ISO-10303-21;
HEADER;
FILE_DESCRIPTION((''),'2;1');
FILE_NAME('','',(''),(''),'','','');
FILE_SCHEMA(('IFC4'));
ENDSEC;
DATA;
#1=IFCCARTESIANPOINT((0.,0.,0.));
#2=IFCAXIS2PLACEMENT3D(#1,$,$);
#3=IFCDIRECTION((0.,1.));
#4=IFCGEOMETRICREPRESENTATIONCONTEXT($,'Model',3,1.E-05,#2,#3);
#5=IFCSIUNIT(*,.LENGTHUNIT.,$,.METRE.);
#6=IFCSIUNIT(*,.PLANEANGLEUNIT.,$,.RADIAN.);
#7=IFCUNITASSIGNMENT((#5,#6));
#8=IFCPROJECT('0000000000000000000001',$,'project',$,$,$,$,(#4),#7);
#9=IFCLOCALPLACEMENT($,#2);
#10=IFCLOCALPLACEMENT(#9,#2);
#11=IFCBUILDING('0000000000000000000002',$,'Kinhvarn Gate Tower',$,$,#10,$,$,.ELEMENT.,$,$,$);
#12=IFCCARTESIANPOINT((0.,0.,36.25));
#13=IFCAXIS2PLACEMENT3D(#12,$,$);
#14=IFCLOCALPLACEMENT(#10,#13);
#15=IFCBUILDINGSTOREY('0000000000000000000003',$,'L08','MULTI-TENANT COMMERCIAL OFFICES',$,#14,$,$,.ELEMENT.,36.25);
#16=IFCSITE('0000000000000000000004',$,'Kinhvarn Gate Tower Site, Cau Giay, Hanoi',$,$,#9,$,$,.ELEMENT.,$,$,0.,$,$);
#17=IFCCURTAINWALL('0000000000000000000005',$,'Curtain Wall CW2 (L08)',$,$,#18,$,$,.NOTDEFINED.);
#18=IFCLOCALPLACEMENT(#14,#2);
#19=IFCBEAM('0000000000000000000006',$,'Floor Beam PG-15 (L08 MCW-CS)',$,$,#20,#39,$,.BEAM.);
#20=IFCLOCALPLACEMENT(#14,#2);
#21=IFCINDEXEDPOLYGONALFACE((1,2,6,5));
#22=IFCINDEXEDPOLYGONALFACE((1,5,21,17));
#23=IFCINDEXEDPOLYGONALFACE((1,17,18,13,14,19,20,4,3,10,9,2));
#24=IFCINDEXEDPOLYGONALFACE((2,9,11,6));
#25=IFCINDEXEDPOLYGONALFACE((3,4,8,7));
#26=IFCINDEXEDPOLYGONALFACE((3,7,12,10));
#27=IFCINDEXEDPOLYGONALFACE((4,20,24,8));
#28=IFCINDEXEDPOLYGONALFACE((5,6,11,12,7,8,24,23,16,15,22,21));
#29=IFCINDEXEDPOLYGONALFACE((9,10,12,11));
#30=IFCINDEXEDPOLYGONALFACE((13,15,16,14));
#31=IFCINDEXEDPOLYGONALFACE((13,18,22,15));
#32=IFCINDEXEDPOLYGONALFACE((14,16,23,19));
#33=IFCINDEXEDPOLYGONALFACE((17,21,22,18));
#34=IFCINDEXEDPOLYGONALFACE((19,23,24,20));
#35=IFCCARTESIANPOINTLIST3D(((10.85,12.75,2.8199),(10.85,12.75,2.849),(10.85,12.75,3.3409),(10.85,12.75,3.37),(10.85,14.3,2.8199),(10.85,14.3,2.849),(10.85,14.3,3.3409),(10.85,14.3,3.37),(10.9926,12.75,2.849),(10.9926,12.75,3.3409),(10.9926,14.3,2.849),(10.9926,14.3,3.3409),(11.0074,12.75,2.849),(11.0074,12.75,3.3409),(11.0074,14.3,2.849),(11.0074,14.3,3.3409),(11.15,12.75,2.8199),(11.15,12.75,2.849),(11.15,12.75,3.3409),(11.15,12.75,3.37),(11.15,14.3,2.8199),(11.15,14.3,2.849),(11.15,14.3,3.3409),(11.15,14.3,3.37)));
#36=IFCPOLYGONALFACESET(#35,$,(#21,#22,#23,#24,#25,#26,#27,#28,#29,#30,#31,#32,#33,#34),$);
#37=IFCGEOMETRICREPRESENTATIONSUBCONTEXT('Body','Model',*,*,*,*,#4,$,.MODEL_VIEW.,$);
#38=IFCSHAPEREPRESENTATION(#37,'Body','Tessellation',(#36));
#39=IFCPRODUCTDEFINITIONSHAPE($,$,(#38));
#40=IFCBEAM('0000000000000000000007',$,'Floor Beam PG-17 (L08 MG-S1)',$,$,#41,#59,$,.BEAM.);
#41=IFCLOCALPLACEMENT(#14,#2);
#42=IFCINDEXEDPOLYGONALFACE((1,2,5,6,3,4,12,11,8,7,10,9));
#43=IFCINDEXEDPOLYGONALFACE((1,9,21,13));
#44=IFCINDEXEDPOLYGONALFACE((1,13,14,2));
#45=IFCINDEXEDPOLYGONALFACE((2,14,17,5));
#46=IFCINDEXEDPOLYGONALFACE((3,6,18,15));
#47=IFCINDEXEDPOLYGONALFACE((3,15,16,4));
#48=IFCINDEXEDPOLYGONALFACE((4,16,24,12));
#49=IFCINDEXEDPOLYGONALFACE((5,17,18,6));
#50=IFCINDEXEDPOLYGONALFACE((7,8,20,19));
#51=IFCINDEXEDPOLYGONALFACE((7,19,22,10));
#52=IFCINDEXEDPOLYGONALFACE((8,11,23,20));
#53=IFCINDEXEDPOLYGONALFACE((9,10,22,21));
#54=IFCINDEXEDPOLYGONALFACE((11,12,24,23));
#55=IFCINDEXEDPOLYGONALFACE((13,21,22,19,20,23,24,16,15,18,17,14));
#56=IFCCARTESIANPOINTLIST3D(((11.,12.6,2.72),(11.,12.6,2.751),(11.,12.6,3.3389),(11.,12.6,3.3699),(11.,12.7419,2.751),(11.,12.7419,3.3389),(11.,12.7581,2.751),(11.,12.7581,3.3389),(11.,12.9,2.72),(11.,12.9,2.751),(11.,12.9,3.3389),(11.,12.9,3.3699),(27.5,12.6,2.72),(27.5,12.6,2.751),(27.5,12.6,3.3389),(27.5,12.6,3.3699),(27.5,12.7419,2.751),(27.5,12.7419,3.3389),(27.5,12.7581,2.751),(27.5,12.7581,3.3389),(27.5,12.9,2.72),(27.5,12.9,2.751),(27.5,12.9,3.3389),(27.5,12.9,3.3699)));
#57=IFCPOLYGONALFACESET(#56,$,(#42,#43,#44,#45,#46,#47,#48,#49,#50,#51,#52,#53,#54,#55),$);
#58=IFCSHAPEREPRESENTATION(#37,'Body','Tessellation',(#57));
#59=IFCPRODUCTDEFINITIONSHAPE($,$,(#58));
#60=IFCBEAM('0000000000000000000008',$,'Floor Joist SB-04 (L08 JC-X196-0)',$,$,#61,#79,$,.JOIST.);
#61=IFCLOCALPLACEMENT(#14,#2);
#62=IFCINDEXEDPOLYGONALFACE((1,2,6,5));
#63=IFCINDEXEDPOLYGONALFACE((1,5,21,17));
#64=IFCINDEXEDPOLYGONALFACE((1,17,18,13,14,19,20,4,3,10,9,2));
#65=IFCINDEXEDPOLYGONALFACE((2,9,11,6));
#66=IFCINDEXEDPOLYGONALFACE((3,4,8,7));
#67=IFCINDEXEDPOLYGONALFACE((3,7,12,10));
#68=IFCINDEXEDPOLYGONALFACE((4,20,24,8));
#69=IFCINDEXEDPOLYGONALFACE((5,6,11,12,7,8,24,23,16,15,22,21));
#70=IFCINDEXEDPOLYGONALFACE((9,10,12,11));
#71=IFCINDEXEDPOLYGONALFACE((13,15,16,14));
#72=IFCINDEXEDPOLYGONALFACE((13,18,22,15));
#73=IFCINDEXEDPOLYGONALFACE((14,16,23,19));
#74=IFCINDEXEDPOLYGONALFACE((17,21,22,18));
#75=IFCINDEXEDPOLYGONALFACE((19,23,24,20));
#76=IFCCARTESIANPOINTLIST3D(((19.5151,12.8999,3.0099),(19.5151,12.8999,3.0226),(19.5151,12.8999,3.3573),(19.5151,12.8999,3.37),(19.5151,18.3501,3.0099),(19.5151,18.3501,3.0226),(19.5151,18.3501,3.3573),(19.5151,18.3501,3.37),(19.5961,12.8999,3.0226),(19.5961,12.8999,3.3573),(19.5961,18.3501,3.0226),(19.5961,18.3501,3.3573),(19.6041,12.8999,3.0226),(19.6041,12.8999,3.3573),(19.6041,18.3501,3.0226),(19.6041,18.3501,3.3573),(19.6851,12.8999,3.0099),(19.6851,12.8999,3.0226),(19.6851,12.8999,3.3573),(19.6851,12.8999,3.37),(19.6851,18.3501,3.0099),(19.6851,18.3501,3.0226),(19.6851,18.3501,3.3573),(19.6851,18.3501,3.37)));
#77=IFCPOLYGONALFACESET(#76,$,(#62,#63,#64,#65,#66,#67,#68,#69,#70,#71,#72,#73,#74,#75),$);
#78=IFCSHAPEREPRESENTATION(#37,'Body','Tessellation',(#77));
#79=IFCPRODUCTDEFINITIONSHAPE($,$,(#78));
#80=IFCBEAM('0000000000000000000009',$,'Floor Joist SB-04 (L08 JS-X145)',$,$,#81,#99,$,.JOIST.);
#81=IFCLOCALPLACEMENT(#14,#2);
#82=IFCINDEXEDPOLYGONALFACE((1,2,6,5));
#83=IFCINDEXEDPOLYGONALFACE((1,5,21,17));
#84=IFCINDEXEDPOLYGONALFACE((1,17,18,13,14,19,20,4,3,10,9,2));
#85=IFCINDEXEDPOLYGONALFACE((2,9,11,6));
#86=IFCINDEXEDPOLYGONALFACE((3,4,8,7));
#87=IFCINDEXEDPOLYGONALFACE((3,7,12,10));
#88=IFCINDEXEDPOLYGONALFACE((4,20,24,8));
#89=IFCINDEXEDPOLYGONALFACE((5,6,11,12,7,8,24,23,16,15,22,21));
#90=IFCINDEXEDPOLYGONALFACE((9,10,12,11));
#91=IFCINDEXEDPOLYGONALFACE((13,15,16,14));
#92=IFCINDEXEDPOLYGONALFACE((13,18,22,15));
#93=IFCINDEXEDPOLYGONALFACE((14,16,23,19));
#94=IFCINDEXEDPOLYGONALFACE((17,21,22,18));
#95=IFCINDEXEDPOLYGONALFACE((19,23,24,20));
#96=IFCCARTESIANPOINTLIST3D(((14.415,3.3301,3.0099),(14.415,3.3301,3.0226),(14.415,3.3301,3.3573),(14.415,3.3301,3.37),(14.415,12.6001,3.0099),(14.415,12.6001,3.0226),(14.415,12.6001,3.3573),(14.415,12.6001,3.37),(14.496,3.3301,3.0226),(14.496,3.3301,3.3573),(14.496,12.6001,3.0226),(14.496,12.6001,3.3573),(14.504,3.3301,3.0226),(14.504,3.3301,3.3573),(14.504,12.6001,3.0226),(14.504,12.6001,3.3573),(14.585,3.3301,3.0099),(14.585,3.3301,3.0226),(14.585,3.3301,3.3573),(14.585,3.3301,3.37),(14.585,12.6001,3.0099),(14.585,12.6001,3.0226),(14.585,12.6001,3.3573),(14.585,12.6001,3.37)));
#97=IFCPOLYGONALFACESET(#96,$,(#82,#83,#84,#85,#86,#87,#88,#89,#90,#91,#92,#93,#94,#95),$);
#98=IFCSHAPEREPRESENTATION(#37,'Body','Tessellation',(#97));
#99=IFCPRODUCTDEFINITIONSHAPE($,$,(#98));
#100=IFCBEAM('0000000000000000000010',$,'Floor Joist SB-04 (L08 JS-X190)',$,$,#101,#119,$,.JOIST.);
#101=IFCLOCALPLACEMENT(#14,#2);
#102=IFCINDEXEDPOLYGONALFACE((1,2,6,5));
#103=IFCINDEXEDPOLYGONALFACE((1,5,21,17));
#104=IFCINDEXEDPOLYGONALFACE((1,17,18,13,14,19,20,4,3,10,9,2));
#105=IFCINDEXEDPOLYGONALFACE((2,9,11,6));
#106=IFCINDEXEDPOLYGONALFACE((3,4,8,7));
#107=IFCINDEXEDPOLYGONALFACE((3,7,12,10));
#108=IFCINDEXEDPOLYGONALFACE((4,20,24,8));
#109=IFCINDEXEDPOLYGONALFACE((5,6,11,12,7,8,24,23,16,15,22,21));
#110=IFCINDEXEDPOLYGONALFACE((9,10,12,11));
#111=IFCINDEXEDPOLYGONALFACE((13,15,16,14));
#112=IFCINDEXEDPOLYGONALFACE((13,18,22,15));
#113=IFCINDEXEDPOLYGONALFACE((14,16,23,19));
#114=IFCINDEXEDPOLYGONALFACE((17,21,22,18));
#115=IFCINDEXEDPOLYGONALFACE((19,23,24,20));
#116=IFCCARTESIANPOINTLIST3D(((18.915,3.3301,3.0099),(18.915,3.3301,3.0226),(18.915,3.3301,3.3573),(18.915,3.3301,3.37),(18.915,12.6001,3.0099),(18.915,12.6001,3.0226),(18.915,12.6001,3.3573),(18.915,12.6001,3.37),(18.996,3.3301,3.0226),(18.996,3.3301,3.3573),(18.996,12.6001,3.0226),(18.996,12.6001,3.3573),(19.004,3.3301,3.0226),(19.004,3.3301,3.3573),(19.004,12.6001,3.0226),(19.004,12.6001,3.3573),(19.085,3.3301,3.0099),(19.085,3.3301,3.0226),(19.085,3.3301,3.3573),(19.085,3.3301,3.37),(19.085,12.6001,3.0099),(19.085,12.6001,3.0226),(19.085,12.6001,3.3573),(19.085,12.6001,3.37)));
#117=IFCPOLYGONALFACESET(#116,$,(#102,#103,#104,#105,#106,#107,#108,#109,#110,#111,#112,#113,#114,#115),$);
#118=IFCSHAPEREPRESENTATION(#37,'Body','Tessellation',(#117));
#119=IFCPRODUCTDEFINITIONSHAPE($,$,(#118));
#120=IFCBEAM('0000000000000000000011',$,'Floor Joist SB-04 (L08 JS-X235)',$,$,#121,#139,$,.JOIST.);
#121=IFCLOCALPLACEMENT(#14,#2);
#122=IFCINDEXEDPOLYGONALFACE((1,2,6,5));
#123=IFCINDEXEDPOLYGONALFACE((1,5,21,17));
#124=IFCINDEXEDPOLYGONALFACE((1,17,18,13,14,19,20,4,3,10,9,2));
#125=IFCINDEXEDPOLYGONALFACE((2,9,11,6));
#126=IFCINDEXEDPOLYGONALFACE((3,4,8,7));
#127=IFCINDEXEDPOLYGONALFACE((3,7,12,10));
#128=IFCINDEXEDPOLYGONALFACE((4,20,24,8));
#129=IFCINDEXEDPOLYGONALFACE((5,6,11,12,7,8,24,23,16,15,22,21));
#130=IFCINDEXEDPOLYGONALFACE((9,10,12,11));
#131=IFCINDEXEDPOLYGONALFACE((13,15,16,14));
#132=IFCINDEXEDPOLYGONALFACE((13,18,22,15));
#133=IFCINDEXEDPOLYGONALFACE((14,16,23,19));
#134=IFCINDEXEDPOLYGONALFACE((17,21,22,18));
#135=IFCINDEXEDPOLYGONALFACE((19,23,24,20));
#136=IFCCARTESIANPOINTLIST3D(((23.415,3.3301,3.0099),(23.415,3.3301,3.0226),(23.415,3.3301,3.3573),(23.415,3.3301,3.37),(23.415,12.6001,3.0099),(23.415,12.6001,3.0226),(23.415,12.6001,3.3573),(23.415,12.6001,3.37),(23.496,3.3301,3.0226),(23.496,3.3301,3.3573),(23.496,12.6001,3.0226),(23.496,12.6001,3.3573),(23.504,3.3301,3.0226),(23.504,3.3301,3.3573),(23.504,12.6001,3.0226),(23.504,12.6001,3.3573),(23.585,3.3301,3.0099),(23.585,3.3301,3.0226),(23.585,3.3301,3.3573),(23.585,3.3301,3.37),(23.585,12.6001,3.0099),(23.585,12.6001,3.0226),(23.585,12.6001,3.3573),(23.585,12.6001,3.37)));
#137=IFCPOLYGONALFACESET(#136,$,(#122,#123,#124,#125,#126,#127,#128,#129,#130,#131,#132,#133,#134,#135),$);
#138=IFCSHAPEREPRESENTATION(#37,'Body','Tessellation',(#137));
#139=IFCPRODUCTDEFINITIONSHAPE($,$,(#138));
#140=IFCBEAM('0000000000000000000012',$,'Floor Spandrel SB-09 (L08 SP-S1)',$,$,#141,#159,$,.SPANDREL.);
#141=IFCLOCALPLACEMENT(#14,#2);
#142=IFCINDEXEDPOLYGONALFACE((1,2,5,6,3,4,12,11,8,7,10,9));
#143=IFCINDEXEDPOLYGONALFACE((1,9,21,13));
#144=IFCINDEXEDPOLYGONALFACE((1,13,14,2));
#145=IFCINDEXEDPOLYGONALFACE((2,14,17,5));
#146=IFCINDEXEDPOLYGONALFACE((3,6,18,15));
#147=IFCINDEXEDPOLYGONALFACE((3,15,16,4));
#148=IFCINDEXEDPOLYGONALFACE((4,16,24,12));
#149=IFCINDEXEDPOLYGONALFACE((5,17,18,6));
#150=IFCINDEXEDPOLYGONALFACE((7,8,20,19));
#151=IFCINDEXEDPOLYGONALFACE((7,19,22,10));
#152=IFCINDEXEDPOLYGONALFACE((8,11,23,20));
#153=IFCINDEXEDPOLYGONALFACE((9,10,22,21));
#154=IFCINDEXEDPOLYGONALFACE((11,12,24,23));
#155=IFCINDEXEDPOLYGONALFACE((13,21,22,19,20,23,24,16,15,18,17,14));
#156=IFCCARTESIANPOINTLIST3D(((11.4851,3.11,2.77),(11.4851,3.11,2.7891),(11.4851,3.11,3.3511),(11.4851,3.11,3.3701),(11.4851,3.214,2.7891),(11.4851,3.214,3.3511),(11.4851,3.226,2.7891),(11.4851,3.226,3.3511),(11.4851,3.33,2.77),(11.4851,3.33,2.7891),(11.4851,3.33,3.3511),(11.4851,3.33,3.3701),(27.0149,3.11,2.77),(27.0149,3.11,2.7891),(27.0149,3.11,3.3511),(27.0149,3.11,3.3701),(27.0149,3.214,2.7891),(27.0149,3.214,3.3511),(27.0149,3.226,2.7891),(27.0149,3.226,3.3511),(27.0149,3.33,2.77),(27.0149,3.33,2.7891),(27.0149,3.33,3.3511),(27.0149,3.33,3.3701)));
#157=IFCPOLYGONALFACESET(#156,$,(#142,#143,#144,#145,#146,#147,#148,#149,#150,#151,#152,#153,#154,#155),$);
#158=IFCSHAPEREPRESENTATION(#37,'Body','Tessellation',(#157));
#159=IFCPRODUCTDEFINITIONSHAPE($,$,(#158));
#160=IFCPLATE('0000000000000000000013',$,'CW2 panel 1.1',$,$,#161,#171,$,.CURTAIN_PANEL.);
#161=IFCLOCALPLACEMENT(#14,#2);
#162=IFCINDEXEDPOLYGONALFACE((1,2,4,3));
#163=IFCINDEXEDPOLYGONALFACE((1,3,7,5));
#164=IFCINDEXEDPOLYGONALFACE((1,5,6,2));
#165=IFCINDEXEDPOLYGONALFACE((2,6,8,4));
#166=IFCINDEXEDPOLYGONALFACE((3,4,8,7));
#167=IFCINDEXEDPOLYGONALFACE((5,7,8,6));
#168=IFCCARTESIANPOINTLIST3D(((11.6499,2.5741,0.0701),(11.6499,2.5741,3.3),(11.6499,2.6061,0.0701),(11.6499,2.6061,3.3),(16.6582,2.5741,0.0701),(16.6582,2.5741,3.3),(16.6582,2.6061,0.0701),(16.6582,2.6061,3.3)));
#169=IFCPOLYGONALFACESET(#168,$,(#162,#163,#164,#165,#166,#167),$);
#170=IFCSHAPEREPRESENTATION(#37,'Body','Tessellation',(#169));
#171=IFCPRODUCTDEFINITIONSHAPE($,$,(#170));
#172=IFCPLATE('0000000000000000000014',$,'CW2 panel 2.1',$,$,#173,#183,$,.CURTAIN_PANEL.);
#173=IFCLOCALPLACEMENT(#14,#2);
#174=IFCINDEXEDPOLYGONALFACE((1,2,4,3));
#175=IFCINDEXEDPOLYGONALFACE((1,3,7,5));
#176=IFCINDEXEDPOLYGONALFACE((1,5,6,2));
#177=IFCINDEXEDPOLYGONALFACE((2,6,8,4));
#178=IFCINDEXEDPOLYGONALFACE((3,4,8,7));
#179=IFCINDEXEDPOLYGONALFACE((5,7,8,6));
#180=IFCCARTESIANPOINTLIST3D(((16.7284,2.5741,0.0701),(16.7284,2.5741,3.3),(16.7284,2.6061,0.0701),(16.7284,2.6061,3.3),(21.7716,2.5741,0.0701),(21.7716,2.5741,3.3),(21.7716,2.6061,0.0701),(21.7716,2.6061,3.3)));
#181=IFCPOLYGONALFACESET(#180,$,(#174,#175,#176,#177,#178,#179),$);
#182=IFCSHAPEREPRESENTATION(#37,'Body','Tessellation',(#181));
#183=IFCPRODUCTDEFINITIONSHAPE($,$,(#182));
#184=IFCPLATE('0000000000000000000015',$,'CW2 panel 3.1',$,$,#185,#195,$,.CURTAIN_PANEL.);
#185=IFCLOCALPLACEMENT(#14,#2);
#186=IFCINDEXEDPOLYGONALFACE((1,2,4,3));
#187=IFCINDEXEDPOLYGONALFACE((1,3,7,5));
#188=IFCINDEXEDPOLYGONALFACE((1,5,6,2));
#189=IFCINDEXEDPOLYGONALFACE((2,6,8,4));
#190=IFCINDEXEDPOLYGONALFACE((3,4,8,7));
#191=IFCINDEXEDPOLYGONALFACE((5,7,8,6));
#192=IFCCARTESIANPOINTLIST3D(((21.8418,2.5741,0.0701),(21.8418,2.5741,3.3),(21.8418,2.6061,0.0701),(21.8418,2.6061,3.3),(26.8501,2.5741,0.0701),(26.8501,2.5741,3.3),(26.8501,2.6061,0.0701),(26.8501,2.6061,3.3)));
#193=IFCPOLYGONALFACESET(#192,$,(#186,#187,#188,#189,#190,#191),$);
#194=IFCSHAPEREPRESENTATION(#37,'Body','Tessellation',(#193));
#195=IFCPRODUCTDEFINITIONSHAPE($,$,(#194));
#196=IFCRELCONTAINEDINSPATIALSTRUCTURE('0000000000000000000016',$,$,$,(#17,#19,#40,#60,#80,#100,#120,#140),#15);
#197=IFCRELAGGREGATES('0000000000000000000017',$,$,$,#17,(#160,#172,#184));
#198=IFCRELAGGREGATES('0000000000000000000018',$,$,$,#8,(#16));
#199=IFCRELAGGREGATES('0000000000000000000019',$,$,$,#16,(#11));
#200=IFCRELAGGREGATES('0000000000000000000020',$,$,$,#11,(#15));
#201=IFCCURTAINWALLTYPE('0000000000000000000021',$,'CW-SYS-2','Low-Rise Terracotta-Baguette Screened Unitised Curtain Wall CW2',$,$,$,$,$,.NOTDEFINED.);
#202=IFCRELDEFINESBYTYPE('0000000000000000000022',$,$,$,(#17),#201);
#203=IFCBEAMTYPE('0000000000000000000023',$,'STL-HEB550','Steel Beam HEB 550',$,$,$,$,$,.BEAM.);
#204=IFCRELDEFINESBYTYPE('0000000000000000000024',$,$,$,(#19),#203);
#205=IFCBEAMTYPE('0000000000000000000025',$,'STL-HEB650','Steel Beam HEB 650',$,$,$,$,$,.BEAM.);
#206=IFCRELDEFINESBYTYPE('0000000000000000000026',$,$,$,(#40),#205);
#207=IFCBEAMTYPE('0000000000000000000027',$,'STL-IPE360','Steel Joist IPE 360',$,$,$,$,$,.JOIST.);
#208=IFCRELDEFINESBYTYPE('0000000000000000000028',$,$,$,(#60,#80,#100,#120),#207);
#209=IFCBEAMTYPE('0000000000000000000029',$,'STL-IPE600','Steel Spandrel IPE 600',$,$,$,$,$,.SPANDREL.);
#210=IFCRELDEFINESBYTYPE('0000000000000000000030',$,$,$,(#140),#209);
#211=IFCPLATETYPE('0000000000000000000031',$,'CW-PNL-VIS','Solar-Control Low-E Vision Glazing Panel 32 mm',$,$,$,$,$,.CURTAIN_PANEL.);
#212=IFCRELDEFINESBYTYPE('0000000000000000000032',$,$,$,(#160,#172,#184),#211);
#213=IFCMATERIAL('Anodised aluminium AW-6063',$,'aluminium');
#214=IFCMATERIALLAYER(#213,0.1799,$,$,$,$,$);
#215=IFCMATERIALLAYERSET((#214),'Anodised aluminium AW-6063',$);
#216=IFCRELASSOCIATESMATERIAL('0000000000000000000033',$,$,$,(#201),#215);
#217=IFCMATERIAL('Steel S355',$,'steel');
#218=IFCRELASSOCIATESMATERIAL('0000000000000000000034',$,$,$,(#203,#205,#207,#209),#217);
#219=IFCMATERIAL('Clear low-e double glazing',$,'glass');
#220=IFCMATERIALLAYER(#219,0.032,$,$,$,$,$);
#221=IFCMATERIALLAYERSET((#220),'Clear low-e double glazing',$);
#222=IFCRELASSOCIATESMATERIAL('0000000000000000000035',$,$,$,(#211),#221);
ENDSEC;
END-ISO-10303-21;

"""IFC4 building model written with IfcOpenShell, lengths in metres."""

from ifc_helpers import new_model, si_unit, direction, frame, origin, origin_2d, place, context, subcontext, project, spatial, rectangle, i_section, extrude, material, layer, layer_set, material_profile, profile_set, type_object, element, aggregate, save


model = new_model("IFC4")

# Units and contexts
model_context = context("Model", 3, precision=1e-05, world=origin(), true_north=direction((0.0, 1.0)))
body_context = subcontext(model_context, "Body", "Model", "MODEL_VIEW")
ifc_project = project(units=[si_unit("LENGTHUNIT", "METRE"), si_unit("PLANEANGLEUNIT", "RADIAN")], contexts=[model_context])

# Site, building, storey
site_placement = place(None, origin())
site = spatial("IfcSite", under=ifc_project, at=site_placement, Name="Kinhvarn Gate Tower Site, Cau Giay, Hanoi", CompositionType="ELEMENT", RefElevation=0.0)
building_placement = place(site_placement, origin())
building = spatial("IfcBuilding", under=site, at=building_placement, Name="Kinhvarn Gate Tower", CompositionType="ELEMENT")
storey_placement = place(building_placement, frame((0.0, 0.0, 36.25)))
storey = spatial("IfcBuildingStorey", under=building, at=storey_placement, Name="L08", Description="MULTI-TENANT COMMERCIAL OFFICES", CompositionType="ELEMENT", Elevation=36.25)

# Shared definitions
ifc_material_1 = material(Name="Anodised aluminium AW-6063", Category="aluminium")
ifc_layer_1 = layer(ifc_material_1, 0.1799)
ifc_layer_set_1 = layer_set([ifc_layer_1], Name="Anodised aluminium AW-6063")
curtain_wall_type = type_object("IfcCurtainWallType", Name="CW-SYS-2", Description="Low-Rise Terracotta-Baguette Screened Unitised Curtain Wall CW2", PredefinedType="NOTDEFINED", material=ifc_layer_set_1)

# Curtain wall
curtain_wall_1_placement = place(storey_placement, origin())
curtain_wall_1 = element("IfcCurtainWall", 1, at=curtain_wall_1_placement, inside=storey, type_object=curtain_wall_type, Name="Curtain Wall CW2 (L08)", PredefinedType="NOTDEFINED")

# Beams
ifc_material_2 = material(Name="Steel S355", Category="steel")
ifc_material_profile_1 = material_profile(ifc_material_2, i_section(OverallWidth=0.3, OverallDepth=0.55, WebThickness=0.0149, FlangeThickness=0.0291, at=origin_2d()), Name="HEB 550")
ifc_profile_set_1 = profile_set([ifc_material_profile_1], Name="Steel S355")
beam_type_1 = type_object("IfcBeamType", Name="STL-HEB550", Description="Steel Beam HEB 550", PredefinedType="BEAM", material=ifc_profile_set_1)
beam_1_placement = place(storey_placement, frame((11.0, 12.75, 3.095), z_axis=(0.0, 1.0, 0.0), x_axis=(-1.0, 0.0, 0.0)))
element("IfcBeam", 2, at=beam_1_placement, inside=storey, type_object=beam_type_1, Name="Floor Beam PG-15 (L08 MCW-CS)", PredefinedType="BEAM", context=body_context, shape_type="SweptSolid", body=[
    extrude(i_section(OverallWidth=0.3, OverallDepth=0.55, WebThickness=0.0149, FlangeThickness=0.0291, at=origin_2d()), origin(), (0.0, 0.0, 1.0), 1.55),
])
ifc_material_profile_2 = material_profile(ifc_material_2, i_section(OverallWidth=0.3, OverallDepth=0.6499, WebThickness=0.0161, FlangeThickness=0.031, at=origin_2d()), Name="HEB 650")
ifc_profile_set_2 = profile_set([ifc_material_profile_2], Name="Steel S355")
beam_type_2 = type_object("IfcBeamType", Name="STL-HEB650", Description="Steel Beam HEB 650", PredefinedType="BEAM", material=ifc_profile_set_2)
beam_2_placement = place(storey_placement, frame((11.0, 12.75, 3.0449), z_axis=(1.0, 0.0, 0.0), x_axis=(0.0, 1.0, 0.0)))
element("IfcBeam", 3, at=beam_2_placement, inside=storey, type_object=beam_type_2, Name="Floor Beam PG-17 (L08 MG-S1)", PredefinedType="BEAM", context=body_context, shape_type="SweptSolid", body=[
    extrude(i_section(OverallWidth=0.3, OverallDepth=0.6499, WebThickness=0.0161, FlangeThickness=0.031, at=origin_2d()), origin(), (0.0, 0.0, 1.0), 16.5),
])
ifc_material_profile_3 = material_profile(ifc_material_2, i_section(OverallWidth=0.1699, OverallDepth=0.3601, WebThickness=0.0081, FlangeThickness=0.0127, at=origin_2d()), Name="IPE 360")
ifc_profile_set_3 = profile_set([ifc_material_profile_3], Name="Steel S355")
beam_type_3 = type_object("IfcBeamType", Name="STL-IPE360", Description="Steel Joist IPE 360", PredefinedType="JOIST", material=ifc_profile_set_3)
beam_3_placement = place(storey_placement, frame((19.6001, 12.8999, 3.1899), z_axis=(0.0, 1.0, 0.0), x_axis=(-1.0, 0.0, 0.0)))
element("IfcBeam", 4, at=beam_3_placement, inside=storey, type_object=beam_type_3, Name="Floor Joist SB-04 (L08 JC-X196-0)", PredefinedType="JOIST", context=body_context, shape_type="SweptSolid", body=[
    extrude(i_section(OverallWidth=0.1699, OverallDepth=0.3601, WebThickness=0.0081, FlangeThickness=0.0127, at=origin_2d()), origin(), (0.0, 0.0, 1.0), 5.4502),
])
for number, where, z_axis, x_axis, name in (
    (5, (14.5, 3.3301, 3.1899), (0.0, 1.0, 0.0), (-1.0, 0.0, 0.0), "Floor Joist SB-04 (L08 JS-X145)"),
    (6, (19.0, 3.3301, 3.1899), (0.0, 1.0, 0.0), (-1.0, 0.0, 0.0), "Floor Joist SB-04 (L08 JS-X190)"),
    (7, (23.5, 3.3301, 3.1899), (0.0, 1.0, 0.0), (-1.0, 0.0, 0.0), "Floor Joist SB-04 (L08 JS-X235)"),
):
    element("IfcBeam", number, at=place(storey_placement, frame(where, z_axis=z_axis, x_axis=x_axis)), inside=storey, type_object=beam_type_3, Name=name, PredefinedType="JOIST", context=body_context, shape_type="SweptSolid", body=[
        extrude(i_section(OverallWidth=0.1699, OverallDepth=0.3601, WebThickness=0.0081, FlangeThickness=0.0127, at=origin_2d()), origin(), (0.0, 0.0, 1.0), 9.27),
    ])
ifc_material_profile_4 = material_profile(ifc_material_2, i_section(OverallWidth=0.22, OverallDepth=0.6001, WebThickness=0.012, FlangeThickness=0.019, at=origin_2d()), Name="IPE 600")
ifc_profile_set_4 = profile_set([ifc_material_profile_4], Name="Steel S355")
beam_type_4 = type_object("IfcBeamType", Name="STL-IPE600", Description="Steel Spandrel IPE 600", PredefinedType="SPANDREL", material=ifc_profile_set_4)
beam_4_placement = place(storey_placement, frame((11.4851, 3.22, 3.0701), z_axis=(1.0, 0.0, 0.0), x_axis=(0.0, 1.0, 0.0)))
element("IfcBeam", 8, at=beam_4_placement, inside=storey, type_object=beam_type_4, Name="Floor Spandrel SB-09 (L08 SP-S1)", PredefinedType="SPANDREL", context=body_context, shape_type="SweptSolid", body=[
    extrude(i_section(OverallWidth=0.22, OverallDepth=0.6001, WebThickness=0.012, FlangeThickness=0.019, at=origin_2d()), origin(), (0.0, 0.0, 1.0), 15.5298),
])

# Plates
ifc_material_3 = material(Name="Clear low-e double glazing", Category="glass")
ifc_layer_2 = layer(ifc_material_3, 0.032)
ifc_layer_set_2 = layer_set([ifc_layer_2], Name="Clear low-e double glazing")
plate_type = type_object("IfcPlateType", Name="CW-PNL-VIS", Description="Solar-Control Low-E Vision Glazing Panel 32 mm", PredefinedType="CURTAIN_PANEL", material=ifc_layer_set_2)
plate_1_placement = place(storey_placement, frame((14.1541, 2.5901, 0.0701), z_axis=(0.0, 0.0, 1.0), x_axis=(1.0, 0.0, 0.0)))
plate_1 = element("IfcPlate", 9, at=plate_1_placement, type_object=plate_type, Name="CW2 panel 1.1", PredefinedType="CURTAIN_PANEL", context=body_context, shape_type="SweptSolid", body=[
    extrude(rectangle(XDim=5.0083, YDim=0.032, at=origin_2d()), origin(), (0.0, 0.0, 1.0), 3.23),
])
plate_2_placement = place(storey_placement, frame((19.25, 2.5901, 0.0701), z_axis=(0.0, 0.0, 1.0), x_axis=(1.0, 0.0, 0.0)))
plate_2 = element("IfcPlate", 10, at=plate_2_placement, type_object=plate_type, Name="CW2 panel 2.1", PredefinedType="CURTAIN_PANEL", context=body_context, shape_type="SweptSolid", body=[
    extrude(rectangle(XDim=5.0432, YDim=0.032, at=origin_2d()), origin(), (0.0, 0.0, 1.0), 3.23),
])
plate_3_placement = place(storey_placement, frame((24.3459, 2.5901, 0.0701), z_axis=(0.0, 0.0, 1.0), x_axis=(1.0, 0.0, 0.0)))
plate_3 = element("IfcPlate", 11, at=plate_3_placement, type_object=plate_type, Name="CW2 panel 3.1", PredefinedType="CURTAIN_PANEL", context=body_context, shape_type="SweptSolid", body=[
    extrude(rectangle(XDim=5.0083, YDim=0.032, at=origin_2d()), origin(), (0.0, 0.0, 1.0), 3.23),
])
aggregate(curtain_wall_1, [plate_1, plate_2, plate_3])

save(model, "model.ifc")
